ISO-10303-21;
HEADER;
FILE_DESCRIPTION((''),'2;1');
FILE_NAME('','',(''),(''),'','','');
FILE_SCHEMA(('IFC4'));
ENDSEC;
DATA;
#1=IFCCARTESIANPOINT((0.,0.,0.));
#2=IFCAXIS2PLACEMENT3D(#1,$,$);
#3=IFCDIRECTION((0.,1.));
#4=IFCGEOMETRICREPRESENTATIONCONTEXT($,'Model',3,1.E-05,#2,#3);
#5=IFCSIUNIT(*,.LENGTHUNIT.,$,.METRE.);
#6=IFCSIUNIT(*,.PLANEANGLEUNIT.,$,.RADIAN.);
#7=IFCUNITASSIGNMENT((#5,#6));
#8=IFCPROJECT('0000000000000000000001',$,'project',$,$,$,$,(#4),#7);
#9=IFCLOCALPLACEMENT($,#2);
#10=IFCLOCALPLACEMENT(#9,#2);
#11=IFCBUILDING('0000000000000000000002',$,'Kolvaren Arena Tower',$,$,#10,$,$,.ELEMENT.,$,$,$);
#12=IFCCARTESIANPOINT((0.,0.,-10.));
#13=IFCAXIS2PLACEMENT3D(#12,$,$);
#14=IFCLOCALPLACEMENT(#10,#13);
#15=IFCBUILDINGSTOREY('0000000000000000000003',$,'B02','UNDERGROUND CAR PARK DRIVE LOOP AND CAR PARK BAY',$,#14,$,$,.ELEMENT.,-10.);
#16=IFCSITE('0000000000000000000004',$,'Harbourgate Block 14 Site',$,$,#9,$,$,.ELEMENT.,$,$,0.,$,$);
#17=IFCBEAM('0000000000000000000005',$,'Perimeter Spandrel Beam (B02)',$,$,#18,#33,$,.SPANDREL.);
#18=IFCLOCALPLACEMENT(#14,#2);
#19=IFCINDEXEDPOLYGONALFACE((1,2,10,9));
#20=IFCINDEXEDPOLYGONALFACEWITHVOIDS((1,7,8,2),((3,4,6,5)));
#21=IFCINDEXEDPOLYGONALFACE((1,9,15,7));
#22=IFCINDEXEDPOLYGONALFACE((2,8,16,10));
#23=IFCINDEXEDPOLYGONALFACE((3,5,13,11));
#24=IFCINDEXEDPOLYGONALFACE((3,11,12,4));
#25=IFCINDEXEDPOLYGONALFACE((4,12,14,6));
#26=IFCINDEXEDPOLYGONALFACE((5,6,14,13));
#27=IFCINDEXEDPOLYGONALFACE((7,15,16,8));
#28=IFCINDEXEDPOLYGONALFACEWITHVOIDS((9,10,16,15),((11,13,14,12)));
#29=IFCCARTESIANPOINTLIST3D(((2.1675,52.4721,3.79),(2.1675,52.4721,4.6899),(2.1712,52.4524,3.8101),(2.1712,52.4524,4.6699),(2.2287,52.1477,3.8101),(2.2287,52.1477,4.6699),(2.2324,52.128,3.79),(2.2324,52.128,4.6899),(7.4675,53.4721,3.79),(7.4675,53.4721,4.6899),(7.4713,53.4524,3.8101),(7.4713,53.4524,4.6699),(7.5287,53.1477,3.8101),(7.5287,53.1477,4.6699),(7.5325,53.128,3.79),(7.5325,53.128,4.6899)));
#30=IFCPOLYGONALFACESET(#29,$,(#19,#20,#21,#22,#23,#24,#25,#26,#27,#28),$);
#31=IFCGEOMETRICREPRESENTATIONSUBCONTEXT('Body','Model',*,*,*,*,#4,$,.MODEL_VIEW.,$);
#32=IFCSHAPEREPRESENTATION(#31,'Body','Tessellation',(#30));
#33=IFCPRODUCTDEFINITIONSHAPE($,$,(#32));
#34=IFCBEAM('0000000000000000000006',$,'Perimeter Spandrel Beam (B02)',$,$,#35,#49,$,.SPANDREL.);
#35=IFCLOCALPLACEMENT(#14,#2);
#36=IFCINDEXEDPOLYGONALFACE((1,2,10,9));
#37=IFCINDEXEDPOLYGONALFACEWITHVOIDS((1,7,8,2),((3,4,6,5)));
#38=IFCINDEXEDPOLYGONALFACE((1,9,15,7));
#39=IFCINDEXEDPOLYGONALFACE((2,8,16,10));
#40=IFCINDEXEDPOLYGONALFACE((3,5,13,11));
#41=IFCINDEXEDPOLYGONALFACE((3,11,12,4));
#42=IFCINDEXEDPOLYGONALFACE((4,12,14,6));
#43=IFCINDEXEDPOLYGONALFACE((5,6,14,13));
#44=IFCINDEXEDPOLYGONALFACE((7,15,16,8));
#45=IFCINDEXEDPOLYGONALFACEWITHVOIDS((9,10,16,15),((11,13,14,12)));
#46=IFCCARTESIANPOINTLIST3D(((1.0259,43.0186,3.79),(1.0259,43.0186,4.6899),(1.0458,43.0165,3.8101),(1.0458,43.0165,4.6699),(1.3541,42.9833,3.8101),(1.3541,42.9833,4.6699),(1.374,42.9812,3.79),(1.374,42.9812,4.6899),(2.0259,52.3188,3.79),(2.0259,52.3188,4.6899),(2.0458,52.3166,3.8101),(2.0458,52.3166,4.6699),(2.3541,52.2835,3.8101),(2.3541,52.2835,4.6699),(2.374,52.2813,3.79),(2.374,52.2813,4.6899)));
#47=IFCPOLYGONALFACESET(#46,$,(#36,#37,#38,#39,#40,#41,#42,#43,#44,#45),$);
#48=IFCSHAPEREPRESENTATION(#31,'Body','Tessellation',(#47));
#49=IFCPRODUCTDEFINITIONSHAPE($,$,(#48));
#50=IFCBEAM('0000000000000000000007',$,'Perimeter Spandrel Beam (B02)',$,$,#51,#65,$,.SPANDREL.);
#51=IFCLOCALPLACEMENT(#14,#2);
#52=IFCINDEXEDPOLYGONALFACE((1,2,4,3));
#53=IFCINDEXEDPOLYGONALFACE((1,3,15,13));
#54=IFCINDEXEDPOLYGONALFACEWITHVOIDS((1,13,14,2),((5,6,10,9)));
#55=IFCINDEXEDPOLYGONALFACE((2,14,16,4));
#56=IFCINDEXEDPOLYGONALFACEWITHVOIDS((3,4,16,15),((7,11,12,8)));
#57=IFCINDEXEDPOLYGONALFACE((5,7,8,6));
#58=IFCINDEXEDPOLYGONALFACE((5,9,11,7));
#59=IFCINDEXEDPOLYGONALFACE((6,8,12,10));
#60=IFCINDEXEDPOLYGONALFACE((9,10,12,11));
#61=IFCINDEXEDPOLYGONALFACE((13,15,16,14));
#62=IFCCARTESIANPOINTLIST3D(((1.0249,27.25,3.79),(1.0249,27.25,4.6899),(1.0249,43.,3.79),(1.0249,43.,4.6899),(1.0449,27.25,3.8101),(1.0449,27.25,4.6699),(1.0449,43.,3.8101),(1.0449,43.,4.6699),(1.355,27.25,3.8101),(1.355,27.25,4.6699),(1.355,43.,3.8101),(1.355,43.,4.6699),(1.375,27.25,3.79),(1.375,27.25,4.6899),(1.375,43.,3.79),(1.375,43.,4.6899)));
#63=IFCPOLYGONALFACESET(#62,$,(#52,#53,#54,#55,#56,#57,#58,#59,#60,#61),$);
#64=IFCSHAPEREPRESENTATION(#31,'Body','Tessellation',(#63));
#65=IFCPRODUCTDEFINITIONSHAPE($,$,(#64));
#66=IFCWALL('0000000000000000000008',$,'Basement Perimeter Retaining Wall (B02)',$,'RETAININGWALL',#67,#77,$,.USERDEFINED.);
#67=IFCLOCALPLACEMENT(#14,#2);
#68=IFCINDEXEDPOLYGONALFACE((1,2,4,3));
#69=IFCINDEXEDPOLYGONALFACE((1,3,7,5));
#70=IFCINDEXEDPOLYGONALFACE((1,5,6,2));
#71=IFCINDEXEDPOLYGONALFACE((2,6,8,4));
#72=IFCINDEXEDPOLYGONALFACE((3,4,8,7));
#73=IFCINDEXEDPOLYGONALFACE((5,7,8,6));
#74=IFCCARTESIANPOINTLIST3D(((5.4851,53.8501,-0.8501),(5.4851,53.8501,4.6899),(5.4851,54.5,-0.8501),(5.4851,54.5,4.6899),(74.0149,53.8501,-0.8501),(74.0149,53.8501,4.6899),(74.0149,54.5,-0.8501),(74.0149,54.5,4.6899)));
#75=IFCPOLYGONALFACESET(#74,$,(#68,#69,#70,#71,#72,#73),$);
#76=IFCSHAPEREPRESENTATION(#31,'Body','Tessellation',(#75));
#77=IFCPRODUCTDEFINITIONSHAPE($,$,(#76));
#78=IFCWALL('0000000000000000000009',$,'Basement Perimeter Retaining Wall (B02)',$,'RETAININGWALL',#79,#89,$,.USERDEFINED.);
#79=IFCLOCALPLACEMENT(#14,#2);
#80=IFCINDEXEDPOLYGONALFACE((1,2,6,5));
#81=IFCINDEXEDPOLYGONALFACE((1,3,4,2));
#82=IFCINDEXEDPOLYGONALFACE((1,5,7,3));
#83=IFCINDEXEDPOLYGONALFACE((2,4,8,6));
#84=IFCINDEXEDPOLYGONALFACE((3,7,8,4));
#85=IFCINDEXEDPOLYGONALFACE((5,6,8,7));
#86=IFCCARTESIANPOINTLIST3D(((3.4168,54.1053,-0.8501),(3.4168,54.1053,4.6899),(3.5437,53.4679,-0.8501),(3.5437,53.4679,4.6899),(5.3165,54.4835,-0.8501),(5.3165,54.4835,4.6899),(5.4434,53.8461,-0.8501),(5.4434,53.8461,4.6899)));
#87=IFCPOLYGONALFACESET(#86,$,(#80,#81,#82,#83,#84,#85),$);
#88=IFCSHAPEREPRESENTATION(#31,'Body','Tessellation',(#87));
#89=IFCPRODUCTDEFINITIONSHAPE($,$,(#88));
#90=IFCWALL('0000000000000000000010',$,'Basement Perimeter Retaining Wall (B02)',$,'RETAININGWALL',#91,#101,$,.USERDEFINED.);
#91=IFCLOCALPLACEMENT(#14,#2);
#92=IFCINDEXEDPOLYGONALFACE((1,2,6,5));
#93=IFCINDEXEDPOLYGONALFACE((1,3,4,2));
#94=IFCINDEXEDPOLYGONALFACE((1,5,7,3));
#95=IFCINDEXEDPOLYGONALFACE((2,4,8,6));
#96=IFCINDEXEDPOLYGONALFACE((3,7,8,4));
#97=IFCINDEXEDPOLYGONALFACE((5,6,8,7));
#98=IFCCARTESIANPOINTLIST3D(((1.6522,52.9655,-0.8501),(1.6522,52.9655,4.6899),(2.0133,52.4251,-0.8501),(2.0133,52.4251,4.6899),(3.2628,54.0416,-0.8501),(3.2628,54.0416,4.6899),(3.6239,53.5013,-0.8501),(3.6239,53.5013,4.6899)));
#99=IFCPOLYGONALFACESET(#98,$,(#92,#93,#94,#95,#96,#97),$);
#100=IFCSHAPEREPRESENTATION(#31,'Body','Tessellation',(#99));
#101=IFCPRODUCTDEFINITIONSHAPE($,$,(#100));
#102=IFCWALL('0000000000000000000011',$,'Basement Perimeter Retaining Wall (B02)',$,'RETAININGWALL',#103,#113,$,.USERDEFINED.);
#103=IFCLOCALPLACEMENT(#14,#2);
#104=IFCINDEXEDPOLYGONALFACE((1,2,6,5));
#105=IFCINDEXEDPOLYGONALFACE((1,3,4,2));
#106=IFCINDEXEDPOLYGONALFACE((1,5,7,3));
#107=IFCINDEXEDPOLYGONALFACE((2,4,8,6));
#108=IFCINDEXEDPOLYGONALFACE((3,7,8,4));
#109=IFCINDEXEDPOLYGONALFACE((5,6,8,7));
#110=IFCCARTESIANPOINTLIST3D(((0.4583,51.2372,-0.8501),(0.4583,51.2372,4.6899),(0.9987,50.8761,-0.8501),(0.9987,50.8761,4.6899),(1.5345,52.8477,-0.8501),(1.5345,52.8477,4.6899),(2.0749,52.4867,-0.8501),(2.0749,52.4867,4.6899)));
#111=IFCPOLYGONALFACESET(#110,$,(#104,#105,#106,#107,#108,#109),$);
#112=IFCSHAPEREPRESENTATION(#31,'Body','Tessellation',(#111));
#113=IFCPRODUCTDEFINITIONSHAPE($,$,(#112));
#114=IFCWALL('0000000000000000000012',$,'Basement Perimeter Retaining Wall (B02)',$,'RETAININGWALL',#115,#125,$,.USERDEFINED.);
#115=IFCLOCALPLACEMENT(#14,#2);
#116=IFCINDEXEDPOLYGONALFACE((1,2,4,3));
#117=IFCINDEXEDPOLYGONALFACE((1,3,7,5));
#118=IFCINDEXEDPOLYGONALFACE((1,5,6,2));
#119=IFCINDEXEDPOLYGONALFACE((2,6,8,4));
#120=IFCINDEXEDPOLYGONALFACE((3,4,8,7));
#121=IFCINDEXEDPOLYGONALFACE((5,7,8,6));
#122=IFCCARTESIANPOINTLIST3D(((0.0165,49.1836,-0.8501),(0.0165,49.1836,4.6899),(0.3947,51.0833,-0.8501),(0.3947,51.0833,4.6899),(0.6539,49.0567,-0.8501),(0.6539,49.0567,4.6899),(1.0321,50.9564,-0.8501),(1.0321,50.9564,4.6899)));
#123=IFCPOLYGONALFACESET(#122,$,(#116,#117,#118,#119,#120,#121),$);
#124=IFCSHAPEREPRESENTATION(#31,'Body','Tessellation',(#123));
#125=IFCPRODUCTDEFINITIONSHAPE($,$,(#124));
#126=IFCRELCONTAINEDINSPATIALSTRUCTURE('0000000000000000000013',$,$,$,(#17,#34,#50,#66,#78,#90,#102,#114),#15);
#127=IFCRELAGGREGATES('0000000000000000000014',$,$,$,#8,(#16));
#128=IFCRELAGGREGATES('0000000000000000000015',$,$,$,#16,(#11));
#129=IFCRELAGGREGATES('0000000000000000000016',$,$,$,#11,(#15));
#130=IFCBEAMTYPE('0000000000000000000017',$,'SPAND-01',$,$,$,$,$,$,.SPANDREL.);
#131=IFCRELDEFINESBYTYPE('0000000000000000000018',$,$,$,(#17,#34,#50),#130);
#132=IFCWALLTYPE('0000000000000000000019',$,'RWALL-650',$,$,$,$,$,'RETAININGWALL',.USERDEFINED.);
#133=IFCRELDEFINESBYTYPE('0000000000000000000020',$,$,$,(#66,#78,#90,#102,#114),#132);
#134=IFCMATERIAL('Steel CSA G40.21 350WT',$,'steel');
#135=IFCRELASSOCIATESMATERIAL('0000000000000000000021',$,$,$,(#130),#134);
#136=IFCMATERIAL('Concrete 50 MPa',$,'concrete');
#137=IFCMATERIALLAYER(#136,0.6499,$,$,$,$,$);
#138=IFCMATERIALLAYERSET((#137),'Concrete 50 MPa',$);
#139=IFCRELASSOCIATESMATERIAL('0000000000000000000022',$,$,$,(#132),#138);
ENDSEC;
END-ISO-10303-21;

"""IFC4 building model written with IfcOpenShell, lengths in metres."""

from ifc_helpers import new_model, si_unit, direction, frame, frame_2d, origin, origin_2d, place, context, subcontext, project, spatial, rectangle, hollow_rectangle, extrude, material, layer, layer_set, material_profile, profile_set, type_object, element, save


model = new_model("IFC4")

# Units and contexts
model_context = context("Model", 3, precision=1e-05, world=origin(), true_north=direction((0.0, 1.0)))
body_context = subcontext(model_context, "Body", "Model", "MODEL_VIEW")
ifc_project = project(units=[si_unit("LENGTHUNIT", "METRE"), si_unit("PLANEANGLEUNIT", "RADIAN")], contexts=[model_context])

# Site, building, storey
site_placement = place(None, origin())
site = spatial("IfcSite", under=ifc_project, at=site_placement, Name="Harbourgate Block 14 Site", CompositionType="ELEMENT", RefElevation=0.0)
building_placement = place(site_placement, origin())
building = spatial("IfcBuilding", under=site, at=building_placement, Name="Kolvaren Arena Tower", CompositionType="ELEMENT")
storey_placement = place(building_placement, frame((0.0, 0.0, -10.0)))
storey = spatial("IfcBuildingStorey", under=building, at=storey_placement, Name="B02", Description="UNDERGROUND CAR PARK DRIVE LOOP AND CAR PARK BAY", CompositionType="ELEMENT", Elevation=-10.0)

# Beams
ifc_material_1 = material(Name="Steel CSA G40.21 350WT", Category="steel")
ifc_material_profile_1 = material_profile(ifc_material_1, hollow_rectangle(XDim=0.3501, YDim=0.8999, WallThickness=0.02, at=origin_2d()), Name="HSS 900x350x20")
ifc_profile_set_1 = profile_set([ifc_material_profile_1], Name="Steel CSA G40.21 350WT")
beam_type_1 = type_object("IfcBeamType", Name="SPAND-01", PredefinedType="SPANDREL", material=ifc_profile_set_1)
beam_1_placement = place(storey_placement, frame((7.5, 53.3, 4.24), z_axis=(-0.982662, -0.185406, 0.0), x_axis=(0.185406, -0.982662, 0.0)))
element("IfcBeam", 1, at=beam_1_placement, inside=storey, type_object=beam_type_1, Name="Perimeter Spandrel Beam (B02)", PredefinedType="SPANDREL", context=body_context, shape_type="SweptSolid", body=[
    extrude(hollow_rectangle(XDim=0.3501, YDim=0.8999, WallThickness=0.02, at=origin_2d()), origin(), (0.0, 0.0, 1.0), 5.3936),
])
beam_2_placement = place(storey_placement, frame((2.2, 52.3, 4.24), z_axis=(-0.10691, -0.994269, 0.0), x_axis=(0.994269, -0.10691, 0.0)))
element("IfcBeam", 2, at=beam_2_placement, inside=storey, type_object=beam_type_1, Name="Perimeter Spandrel Beam (B02)", PredefinedType="SPANDREL", context=body_context, shape_type="SweptSolid", body=[
    extrude(hollow_rectangle(XDim=0.3501, YDim=0.8999, WallThickness=0.02, at=origin_2d()), origin(), (0.0, 0.0, 1.0), 9.3538),
])
beam_3_placement = place(storey_placement, frame((1.2, 43.0, 4.24), z_axis=(0.0, -1.0, 0.0), x_axis=(1.0, 0.0, 0.0)))
element("IfcBeam", 3, at=beam_3_placement, inside=storey, type_object=beam_type_1, Name="Perimeter Spandrel Beam (B02)", PredefinedType="SPANDREL", context=body_context, shape_type="SweptSolid", body=[
    extrude(hollow_rectangle(XDim=0.3501, YDim=0.8999, WallThickness=0.02, at=origin_2d()), origin(), (0.0, 0.0, 1.0), 15.75),
])

# Walls
ifc_material_2 = material(Name="Concrete 50 MPa", Category="concrete")
ifc_layer = layer(ifc_material_2, 0.6499)
ifc_layer_set = layer_set([ifc_layer], Name="Concrete 50 MPa")
wall_type = type_object("IfcWallType", Name="RWALL-650", ElementType="RETAININGWALL", PredefinedType="USERDEFINED", material=ifc_layer_set)
wall_placement = place(storey_placement, frame((5.4851, 54.175, -0.8501), z_axis=(0.0, 0.0, 1.0), x_axis=(1.0, 0.0, 0.0)))
element("IfcWall", 4, at=wall_placement, inside=storey, type_object=wall_type, Name="Basement Perimeter Retaining Wall (B02)", ObjectType="RETAININGWALL", PredefinedType="USERDEFINED", context=body_context, shape_type="SweptSolid", body=[
    extrude(rectangle(XDim=68.5298, YDim=0.6499, at=frame_2d((34.2649, 0.0))), origin(), (0.0, 0.0, 1.0), 5.54),
])
for number, where, z_axis, x_axis, name in (
    (5, (3.4802, 53.7866, -0.8501), (0.0, 0.0, 1.0), (0.980755, 0.195243, 0.0), "Basement Perimeter Retaining Wall (B02)"),
    (6, (1.8328, 52.6953, -0.8501), (0.0, 0.0, 1.0), (0.831468, 0.555572, 0.0), "Basement Perimeter Retaining Wall (B02)"),
    (7, (0.7285, 51.0566, -0.8501), (0.0, 0.0, 1.0), (0.555572, 0.831468, 0.0), "Basement Perimeter Retaining Wall (B02)"),
    (8, (0.3352, 49.1201, -0.8501), (0.0, 0.0, 1.0), (0.195243, 0.980755, 0.0), "Basement Perimeter Retaining Wall (B02)"),
):
    element("IfcWall", number, at=place(storey_placement, frame(where, z_axis=z_axis, x_axis=x_axis)), inside=storey, type_object=wall_type, Name=name, ObjectType="RETAININGWALL", PredefinedType="USERDEFINED", context=body_context, shape_type="SweptSolid", body=[
        extrude(rectangle(XDim=1.937, YDim=0.6499, at=frame_2d((0.9685, 0.0))), origin(), (0.0, 0.0, 1.0), 5.54),
    ])

save(model, "model.ifc")
